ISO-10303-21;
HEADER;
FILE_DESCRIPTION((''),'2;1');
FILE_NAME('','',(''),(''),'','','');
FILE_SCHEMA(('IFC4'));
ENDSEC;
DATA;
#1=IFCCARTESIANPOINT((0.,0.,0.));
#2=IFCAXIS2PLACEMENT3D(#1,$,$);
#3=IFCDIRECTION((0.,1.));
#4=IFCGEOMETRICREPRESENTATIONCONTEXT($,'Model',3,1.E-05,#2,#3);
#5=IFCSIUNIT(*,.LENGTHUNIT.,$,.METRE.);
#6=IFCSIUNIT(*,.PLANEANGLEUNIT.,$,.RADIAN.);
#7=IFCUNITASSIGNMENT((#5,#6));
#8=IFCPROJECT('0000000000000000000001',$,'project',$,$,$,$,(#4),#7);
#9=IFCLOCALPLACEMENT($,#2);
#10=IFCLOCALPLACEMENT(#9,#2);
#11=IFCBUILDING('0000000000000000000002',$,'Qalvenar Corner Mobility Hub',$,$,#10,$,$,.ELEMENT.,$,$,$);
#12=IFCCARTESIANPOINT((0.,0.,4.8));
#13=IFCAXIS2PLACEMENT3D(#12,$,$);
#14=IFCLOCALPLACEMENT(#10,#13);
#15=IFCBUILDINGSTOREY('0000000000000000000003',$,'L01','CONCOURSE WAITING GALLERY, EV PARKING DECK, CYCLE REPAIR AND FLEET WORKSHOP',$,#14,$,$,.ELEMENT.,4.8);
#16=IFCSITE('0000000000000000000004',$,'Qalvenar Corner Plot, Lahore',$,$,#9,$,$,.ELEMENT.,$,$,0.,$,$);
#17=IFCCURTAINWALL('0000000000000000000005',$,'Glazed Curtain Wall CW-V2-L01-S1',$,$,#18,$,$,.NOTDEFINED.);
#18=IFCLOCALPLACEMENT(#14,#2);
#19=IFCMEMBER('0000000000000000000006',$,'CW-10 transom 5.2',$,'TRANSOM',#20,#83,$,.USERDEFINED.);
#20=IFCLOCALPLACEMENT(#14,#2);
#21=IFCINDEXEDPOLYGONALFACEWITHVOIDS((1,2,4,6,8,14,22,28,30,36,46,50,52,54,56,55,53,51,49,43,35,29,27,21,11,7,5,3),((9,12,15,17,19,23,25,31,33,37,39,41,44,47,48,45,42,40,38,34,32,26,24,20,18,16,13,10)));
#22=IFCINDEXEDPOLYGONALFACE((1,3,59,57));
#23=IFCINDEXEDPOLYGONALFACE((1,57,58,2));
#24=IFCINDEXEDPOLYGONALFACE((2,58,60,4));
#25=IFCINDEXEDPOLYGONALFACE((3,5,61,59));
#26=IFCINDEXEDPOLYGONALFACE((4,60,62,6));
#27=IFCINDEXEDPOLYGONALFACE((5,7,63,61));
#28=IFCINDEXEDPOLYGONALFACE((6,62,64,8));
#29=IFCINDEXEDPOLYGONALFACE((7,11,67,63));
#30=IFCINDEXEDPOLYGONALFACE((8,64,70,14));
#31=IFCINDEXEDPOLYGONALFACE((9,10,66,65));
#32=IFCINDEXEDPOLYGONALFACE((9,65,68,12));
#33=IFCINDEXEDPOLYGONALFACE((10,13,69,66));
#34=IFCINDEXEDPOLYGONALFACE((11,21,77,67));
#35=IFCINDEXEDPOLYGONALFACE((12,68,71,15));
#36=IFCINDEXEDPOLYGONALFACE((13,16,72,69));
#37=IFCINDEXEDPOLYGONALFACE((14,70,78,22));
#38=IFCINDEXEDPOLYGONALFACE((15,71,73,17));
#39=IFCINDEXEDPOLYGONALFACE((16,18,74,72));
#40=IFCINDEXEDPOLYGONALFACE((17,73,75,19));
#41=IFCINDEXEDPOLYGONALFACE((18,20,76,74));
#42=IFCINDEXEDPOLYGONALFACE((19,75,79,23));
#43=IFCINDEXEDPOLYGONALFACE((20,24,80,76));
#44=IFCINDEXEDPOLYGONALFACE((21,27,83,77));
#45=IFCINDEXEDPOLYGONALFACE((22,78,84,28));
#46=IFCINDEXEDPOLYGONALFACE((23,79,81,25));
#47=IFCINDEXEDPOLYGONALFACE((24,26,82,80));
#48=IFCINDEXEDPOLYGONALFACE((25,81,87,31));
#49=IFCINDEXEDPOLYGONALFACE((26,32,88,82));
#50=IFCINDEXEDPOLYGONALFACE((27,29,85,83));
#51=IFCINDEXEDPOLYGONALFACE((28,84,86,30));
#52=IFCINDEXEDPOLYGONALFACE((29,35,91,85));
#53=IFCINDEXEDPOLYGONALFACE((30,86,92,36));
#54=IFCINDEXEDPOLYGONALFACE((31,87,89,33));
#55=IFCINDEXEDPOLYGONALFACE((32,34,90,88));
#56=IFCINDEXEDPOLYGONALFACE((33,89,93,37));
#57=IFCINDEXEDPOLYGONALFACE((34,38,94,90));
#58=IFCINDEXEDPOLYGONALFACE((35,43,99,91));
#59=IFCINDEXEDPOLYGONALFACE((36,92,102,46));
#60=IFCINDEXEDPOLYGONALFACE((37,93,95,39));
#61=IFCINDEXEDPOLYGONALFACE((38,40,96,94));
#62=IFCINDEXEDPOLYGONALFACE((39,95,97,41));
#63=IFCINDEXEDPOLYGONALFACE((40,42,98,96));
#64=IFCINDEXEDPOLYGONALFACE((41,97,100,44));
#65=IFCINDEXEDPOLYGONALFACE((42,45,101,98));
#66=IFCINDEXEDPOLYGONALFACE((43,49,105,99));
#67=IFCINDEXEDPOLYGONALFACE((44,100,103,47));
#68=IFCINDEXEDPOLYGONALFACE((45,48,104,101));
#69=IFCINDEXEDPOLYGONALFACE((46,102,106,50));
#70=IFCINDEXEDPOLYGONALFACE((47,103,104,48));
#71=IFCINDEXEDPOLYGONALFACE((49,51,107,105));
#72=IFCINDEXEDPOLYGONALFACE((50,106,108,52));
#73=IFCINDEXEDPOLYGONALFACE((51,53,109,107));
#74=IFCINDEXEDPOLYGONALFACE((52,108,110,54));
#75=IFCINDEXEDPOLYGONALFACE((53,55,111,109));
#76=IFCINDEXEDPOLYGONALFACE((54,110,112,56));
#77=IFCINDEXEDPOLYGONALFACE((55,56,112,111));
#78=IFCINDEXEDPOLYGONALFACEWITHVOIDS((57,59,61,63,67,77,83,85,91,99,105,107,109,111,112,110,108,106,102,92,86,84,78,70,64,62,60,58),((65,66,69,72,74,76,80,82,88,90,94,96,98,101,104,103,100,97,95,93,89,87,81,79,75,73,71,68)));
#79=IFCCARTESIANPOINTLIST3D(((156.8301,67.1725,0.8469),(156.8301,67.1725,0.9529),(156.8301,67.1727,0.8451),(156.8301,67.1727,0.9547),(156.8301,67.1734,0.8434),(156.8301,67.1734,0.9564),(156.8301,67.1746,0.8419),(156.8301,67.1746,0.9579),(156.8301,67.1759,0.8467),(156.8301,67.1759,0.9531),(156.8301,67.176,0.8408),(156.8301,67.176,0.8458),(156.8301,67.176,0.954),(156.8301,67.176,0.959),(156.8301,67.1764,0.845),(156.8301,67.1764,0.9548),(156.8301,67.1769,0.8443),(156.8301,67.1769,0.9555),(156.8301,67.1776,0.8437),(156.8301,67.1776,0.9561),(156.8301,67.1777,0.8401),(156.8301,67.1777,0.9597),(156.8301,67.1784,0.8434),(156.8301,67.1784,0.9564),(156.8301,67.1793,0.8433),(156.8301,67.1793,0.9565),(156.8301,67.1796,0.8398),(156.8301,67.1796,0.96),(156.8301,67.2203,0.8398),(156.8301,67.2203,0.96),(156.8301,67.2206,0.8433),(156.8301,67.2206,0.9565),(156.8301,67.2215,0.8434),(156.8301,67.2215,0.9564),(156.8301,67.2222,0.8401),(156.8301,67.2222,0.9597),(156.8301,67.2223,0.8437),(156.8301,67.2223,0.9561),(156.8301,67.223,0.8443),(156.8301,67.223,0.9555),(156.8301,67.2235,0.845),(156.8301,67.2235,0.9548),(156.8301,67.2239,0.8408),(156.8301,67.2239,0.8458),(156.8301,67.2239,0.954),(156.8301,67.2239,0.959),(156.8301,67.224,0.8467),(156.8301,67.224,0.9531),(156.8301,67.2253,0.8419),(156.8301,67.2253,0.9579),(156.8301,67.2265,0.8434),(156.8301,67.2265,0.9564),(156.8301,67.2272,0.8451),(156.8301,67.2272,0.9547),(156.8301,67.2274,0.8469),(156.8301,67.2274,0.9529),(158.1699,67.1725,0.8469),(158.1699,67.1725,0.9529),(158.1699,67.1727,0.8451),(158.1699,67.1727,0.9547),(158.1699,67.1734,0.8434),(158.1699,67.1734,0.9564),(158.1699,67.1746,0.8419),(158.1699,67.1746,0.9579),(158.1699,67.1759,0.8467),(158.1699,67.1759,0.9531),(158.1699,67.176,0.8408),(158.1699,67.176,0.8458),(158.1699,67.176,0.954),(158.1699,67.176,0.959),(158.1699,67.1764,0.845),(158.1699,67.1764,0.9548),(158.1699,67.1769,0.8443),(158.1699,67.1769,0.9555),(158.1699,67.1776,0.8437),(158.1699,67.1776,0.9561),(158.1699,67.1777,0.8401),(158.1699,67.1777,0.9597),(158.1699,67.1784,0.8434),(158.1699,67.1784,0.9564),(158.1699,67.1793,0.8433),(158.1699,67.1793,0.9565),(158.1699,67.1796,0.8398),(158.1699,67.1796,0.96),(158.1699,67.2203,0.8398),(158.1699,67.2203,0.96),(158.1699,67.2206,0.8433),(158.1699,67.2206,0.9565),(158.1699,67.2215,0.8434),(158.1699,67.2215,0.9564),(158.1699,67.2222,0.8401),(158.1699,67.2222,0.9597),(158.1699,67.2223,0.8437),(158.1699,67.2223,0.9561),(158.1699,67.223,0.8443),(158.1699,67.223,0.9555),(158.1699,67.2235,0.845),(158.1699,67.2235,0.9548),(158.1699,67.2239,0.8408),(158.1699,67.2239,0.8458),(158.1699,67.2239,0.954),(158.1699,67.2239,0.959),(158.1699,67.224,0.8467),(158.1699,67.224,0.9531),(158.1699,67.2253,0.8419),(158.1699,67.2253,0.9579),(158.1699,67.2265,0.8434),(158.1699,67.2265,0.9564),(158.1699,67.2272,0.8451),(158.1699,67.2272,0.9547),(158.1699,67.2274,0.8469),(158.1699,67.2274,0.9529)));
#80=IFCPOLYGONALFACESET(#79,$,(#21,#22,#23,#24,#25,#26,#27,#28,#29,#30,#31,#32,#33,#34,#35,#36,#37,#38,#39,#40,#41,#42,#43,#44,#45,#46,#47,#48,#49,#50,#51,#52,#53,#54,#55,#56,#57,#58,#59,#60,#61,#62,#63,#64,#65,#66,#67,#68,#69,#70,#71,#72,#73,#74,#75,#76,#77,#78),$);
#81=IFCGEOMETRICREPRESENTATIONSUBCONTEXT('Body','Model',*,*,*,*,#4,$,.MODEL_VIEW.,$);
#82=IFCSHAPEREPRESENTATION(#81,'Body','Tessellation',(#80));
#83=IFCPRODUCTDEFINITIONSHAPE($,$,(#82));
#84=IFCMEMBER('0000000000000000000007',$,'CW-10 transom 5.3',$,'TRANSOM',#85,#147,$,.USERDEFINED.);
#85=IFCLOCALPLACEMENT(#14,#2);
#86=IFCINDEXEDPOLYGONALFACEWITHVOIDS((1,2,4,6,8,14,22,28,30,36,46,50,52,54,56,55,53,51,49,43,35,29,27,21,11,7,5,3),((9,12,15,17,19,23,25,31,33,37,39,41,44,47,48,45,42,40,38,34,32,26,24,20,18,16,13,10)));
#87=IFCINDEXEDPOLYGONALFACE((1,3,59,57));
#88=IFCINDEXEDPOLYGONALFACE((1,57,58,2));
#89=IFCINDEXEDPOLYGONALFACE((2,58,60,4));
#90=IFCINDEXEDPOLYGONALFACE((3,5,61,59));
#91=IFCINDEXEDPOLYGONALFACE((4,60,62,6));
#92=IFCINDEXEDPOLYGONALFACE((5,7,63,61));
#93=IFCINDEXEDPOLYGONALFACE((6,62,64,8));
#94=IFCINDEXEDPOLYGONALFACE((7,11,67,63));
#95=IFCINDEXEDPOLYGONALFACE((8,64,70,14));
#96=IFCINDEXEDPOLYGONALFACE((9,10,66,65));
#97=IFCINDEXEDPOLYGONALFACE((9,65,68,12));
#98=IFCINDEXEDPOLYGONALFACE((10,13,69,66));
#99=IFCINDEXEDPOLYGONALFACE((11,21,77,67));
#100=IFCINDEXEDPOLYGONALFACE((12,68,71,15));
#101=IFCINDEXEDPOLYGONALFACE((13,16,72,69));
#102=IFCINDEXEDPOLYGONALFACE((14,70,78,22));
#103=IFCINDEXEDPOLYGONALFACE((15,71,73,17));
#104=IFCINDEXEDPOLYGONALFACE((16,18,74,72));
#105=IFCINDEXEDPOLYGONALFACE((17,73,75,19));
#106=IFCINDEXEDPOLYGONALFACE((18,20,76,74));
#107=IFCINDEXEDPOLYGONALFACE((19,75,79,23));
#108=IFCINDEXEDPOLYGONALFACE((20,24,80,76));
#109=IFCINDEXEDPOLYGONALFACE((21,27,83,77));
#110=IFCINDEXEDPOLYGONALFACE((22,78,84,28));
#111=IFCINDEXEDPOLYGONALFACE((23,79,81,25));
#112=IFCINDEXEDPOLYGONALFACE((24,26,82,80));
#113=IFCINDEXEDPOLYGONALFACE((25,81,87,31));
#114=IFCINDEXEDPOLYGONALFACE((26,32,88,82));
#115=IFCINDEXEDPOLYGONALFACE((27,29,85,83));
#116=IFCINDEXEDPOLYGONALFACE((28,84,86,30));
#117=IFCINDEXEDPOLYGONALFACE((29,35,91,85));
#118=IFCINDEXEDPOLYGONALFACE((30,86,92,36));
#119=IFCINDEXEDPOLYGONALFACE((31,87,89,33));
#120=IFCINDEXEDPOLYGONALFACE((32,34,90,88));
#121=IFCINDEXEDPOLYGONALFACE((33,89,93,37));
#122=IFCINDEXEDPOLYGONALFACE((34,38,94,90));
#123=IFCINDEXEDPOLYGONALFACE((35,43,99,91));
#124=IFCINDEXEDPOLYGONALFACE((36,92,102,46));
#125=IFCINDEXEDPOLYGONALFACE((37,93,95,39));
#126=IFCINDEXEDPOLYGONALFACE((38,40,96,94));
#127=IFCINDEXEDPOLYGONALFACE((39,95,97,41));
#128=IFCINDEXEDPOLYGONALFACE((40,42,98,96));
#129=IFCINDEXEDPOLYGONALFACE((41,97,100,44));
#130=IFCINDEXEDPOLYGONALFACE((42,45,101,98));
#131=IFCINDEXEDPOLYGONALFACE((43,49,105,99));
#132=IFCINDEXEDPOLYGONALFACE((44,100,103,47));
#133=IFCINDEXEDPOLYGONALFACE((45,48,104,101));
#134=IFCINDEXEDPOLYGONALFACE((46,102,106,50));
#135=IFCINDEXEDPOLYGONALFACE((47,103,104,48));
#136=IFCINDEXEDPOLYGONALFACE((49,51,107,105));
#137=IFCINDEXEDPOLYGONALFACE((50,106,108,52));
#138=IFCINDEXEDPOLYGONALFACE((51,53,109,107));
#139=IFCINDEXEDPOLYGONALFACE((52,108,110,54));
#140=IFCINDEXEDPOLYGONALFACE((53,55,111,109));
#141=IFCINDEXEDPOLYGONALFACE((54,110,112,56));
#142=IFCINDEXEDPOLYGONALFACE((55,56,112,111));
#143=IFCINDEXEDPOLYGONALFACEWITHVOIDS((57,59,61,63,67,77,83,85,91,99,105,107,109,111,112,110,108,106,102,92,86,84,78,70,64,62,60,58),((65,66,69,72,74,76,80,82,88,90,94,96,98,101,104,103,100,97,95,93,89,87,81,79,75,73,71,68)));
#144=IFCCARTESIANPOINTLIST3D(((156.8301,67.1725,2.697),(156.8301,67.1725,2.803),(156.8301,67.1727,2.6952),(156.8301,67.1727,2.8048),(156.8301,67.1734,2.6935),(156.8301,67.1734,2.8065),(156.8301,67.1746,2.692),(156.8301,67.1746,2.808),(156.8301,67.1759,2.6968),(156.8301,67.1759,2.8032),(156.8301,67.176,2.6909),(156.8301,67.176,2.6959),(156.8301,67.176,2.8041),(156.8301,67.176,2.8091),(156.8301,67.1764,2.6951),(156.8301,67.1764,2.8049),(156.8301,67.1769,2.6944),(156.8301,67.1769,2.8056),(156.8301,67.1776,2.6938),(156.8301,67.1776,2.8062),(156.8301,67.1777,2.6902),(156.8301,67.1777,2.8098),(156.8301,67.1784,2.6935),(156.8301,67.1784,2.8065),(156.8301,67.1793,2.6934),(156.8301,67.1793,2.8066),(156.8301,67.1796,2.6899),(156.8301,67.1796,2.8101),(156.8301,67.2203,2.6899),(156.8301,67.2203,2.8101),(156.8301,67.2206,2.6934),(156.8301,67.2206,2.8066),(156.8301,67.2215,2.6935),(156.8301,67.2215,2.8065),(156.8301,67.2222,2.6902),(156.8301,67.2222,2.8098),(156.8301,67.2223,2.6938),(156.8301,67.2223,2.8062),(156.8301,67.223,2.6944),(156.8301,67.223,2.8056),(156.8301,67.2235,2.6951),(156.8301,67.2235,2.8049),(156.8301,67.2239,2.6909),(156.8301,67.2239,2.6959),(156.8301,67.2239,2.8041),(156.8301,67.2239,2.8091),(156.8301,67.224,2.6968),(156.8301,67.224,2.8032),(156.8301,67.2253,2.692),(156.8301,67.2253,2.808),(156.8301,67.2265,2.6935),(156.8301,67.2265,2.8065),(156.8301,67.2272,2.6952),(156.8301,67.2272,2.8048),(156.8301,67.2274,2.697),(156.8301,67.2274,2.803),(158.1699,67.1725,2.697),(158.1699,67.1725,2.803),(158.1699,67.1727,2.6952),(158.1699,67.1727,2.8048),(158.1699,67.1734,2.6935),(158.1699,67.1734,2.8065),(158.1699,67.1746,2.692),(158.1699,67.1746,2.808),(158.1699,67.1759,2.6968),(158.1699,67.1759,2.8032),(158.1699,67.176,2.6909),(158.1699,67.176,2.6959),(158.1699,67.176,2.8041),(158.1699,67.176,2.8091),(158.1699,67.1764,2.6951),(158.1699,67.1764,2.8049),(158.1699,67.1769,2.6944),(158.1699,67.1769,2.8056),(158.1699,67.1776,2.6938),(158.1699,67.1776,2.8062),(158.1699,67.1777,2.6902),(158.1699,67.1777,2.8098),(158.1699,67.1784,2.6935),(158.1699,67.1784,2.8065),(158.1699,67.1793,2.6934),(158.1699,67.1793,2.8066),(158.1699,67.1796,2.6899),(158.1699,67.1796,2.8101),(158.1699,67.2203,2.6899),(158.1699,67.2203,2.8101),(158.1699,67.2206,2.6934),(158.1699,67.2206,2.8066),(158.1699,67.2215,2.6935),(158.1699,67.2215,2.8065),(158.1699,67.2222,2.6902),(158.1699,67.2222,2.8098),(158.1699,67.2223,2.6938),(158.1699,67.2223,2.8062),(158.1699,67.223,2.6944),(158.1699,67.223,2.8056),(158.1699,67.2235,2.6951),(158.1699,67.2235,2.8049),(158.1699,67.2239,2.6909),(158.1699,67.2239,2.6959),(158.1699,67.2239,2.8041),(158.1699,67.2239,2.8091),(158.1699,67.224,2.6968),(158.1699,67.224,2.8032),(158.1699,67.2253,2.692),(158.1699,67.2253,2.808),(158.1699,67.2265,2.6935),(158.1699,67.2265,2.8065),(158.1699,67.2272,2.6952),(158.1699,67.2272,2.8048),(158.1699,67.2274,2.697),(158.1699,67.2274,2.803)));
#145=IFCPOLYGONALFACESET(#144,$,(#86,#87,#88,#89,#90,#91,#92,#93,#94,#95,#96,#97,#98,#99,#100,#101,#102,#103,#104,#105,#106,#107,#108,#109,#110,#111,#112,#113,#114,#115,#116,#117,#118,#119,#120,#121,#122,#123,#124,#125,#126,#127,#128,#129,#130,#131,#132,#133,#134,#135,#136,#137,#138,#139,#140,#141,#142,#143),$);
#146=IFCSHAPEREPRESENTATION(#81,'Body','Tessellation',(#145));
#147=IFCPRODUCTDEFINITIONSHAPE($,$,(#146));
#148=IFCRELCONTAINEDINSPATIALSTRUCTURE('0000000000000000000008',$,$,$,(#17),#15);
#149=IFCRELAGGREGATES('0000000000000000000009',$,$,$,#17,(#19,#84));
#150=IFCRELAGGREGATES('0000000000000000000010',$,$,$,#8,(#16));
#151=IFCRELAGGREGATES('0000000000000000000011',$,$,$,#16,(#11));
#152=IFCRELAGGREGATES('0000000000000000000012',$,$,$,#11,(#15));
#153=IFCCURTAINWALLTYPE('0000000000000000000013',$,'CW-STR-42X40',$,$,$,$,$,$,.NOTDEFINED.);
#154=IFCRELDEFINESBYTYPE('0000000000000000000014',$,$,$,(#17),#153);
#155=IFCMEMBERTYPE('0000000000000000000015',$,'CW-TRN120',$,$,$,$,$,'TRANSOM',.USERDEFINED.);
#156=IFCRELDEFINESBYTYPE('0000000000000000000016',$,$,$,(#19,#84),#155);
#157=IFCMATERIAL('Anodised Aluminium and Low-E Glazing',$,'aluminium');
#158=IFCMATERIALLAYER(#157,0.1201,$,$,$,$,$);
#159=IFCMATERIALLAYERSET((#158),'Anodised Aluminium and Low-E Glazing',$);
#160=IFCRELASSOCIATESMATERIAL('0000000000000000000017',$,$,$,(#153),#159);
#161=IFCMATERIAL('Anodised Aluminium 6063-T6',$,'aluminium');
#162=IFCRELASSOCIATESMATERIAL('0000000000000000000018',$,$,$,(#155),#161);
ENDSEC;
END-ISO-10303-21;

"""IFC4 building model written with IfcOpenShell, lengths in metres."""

from ifc_helpers import new_model, si_unit, direction, frame, origin, origin_2d, place, context, subcontext, project, spatial, hollow_rectangle, extrude, material, layer, layer_set, material_profile, profile_set, type_object, element, aggregate, save


model = new_model("IFC4")

# Units and contexts
model_context = context("Model", 3, precision=1e-05, world=origin(), true_north=direction((0.0, 1.0)))
body_context = subcontext(model_context, "Body", "Model", "MODEL_VIEW")
ifc_project = project(units=[si_unit("LENGTHUNIT", "METRE"), si_unit("PLANEANGLEUNIT", "RADIAN")], contexts=[model_context])

# Site, building, storey
site_placement = place(None, origin())
site = spatial("IfcSite", under=ifc_project, at=site_placement, Name="Qalvenar Corner Plot, Lahore", CompositionType="ELEMENT", RefElevation=0.0)
building_placement = place(site_placement, origin())
building = spatial("IfcBuilding", under=site, at=building_placement, Name="Qalvenar Corner Mobility Hub", CompositionType="ELEMENT")
storey_placement = place(building_placement, frame((0.0, 0.0, 4.8)))
storey = spatial("IfcBuildingStorey", under=building, at=storey_placement, Name="L01", Description="CONCOURSE WAITING GALLERY, EV PARKING DECK, CYCLE REPAIR AND FLEET WORKSHOP", CompositionType="ELEMENT", Elevation=4.8)

# Curtain wall, members
ifc_material_1 = material(Name="Anodised Aluminium and Low-E Glazing", Category="aluminium")
ifc_layer_1 = layer(ifc_material_1, 0.1201)
ifc_layer_set_1 = layer_set([ifc_layer_1], Name="Anodised Aluminium and Low-E Glazing")
curtain_wall_type = type_object("IfcCurtainWallType", Name="CW-STR-42X40", PredefinedType="NOTDEFINED", material=ifc_layer_set_1)
curtain_wall_placement = place(storey_placement, origin())
curtain_wall = element("IfcCurtainWall", 1, at=curtain_wall_placement, inside=storey, type_object=curtain_wall_type, Name="Glazed Curtain Wall CW-V2-L01-S1", PredefinedType="NOTDEFINED")
ifc_material_2 = material(Name="Anodised Aluminium 6063-T6", Category="aluminium")
ifc_material_profile_1 = material_profile(ifc_material_2, hollow_rectangle(XDim=0.0549, YDim=0.1201, WallThickness=0.0034, InnerFilletRadius=0.0034, OuterFilletRadius=0.0071, at=origin_2d()), Name="RHS120x55x3.5")
ifc_profile_set_1 = profile_set([ifc_material_profile_1], Name="Anodised Aluminium 6063-T6")
member_type_1 = type_object("IfcMemberType", Name="CW-TRN120", ElementType="TRANSOM", PredefinedType="USERDEFINED", material=ifc_profile_set_1)
member_1_placement = place(storey_placement, frame((156.8301, 67.2, 0.8999), z_axis=(1.0, 0.0, 0.0), x_axis=(0.0, 1.0, 0.0)))
member_1 = element("IfcMember", 2, at=member_1_placement, type_object=member_type_1, Name="CW-10 transom 5.2", ObjectType="TRANSOM", PredefinedType="USERDEFINED", context=body_context, shape_type="SweptSolid", body=[
    extrude(hollow_rectangle(XDim=0.0549, YDim=0.1201, WallThickness=0.0034, InnerFilletRadius=0.0034, OuterFilletRadius=0.0071, at=origin_2d()), origin(), (0.0, 0.0, 1.0), 1.3398),
])
member_2_placement = place(storey_placement, frame((156.8301, 67.2, 2.75), z_axis=(1.0, 0.0, 0.0), x_axis=(0.0, 1.0, 0.0)))
member_2 = element("IfcMember", 3, at=member_2_placement, type_object=member_type_1, Name="CW-10 transom 5.3", ObjectType="TRANSOM", PredefinedType="USERDEFINED", context=body_context, shape_type="SweptSolid", body=[
    extrude(hollow_rectangle(XDim=0.0549, YDim=0.1201, WallThickness=0.0034, InnerFilletRadius=0.0034, OuterFilletRadius=0.0071, at=origin_2d()), origin(), (0.0, 0.0, 1.0), 1.3398),
])

aggregate(curtain_wall, [member_1, member_2])

save(model, "model.ifc")
